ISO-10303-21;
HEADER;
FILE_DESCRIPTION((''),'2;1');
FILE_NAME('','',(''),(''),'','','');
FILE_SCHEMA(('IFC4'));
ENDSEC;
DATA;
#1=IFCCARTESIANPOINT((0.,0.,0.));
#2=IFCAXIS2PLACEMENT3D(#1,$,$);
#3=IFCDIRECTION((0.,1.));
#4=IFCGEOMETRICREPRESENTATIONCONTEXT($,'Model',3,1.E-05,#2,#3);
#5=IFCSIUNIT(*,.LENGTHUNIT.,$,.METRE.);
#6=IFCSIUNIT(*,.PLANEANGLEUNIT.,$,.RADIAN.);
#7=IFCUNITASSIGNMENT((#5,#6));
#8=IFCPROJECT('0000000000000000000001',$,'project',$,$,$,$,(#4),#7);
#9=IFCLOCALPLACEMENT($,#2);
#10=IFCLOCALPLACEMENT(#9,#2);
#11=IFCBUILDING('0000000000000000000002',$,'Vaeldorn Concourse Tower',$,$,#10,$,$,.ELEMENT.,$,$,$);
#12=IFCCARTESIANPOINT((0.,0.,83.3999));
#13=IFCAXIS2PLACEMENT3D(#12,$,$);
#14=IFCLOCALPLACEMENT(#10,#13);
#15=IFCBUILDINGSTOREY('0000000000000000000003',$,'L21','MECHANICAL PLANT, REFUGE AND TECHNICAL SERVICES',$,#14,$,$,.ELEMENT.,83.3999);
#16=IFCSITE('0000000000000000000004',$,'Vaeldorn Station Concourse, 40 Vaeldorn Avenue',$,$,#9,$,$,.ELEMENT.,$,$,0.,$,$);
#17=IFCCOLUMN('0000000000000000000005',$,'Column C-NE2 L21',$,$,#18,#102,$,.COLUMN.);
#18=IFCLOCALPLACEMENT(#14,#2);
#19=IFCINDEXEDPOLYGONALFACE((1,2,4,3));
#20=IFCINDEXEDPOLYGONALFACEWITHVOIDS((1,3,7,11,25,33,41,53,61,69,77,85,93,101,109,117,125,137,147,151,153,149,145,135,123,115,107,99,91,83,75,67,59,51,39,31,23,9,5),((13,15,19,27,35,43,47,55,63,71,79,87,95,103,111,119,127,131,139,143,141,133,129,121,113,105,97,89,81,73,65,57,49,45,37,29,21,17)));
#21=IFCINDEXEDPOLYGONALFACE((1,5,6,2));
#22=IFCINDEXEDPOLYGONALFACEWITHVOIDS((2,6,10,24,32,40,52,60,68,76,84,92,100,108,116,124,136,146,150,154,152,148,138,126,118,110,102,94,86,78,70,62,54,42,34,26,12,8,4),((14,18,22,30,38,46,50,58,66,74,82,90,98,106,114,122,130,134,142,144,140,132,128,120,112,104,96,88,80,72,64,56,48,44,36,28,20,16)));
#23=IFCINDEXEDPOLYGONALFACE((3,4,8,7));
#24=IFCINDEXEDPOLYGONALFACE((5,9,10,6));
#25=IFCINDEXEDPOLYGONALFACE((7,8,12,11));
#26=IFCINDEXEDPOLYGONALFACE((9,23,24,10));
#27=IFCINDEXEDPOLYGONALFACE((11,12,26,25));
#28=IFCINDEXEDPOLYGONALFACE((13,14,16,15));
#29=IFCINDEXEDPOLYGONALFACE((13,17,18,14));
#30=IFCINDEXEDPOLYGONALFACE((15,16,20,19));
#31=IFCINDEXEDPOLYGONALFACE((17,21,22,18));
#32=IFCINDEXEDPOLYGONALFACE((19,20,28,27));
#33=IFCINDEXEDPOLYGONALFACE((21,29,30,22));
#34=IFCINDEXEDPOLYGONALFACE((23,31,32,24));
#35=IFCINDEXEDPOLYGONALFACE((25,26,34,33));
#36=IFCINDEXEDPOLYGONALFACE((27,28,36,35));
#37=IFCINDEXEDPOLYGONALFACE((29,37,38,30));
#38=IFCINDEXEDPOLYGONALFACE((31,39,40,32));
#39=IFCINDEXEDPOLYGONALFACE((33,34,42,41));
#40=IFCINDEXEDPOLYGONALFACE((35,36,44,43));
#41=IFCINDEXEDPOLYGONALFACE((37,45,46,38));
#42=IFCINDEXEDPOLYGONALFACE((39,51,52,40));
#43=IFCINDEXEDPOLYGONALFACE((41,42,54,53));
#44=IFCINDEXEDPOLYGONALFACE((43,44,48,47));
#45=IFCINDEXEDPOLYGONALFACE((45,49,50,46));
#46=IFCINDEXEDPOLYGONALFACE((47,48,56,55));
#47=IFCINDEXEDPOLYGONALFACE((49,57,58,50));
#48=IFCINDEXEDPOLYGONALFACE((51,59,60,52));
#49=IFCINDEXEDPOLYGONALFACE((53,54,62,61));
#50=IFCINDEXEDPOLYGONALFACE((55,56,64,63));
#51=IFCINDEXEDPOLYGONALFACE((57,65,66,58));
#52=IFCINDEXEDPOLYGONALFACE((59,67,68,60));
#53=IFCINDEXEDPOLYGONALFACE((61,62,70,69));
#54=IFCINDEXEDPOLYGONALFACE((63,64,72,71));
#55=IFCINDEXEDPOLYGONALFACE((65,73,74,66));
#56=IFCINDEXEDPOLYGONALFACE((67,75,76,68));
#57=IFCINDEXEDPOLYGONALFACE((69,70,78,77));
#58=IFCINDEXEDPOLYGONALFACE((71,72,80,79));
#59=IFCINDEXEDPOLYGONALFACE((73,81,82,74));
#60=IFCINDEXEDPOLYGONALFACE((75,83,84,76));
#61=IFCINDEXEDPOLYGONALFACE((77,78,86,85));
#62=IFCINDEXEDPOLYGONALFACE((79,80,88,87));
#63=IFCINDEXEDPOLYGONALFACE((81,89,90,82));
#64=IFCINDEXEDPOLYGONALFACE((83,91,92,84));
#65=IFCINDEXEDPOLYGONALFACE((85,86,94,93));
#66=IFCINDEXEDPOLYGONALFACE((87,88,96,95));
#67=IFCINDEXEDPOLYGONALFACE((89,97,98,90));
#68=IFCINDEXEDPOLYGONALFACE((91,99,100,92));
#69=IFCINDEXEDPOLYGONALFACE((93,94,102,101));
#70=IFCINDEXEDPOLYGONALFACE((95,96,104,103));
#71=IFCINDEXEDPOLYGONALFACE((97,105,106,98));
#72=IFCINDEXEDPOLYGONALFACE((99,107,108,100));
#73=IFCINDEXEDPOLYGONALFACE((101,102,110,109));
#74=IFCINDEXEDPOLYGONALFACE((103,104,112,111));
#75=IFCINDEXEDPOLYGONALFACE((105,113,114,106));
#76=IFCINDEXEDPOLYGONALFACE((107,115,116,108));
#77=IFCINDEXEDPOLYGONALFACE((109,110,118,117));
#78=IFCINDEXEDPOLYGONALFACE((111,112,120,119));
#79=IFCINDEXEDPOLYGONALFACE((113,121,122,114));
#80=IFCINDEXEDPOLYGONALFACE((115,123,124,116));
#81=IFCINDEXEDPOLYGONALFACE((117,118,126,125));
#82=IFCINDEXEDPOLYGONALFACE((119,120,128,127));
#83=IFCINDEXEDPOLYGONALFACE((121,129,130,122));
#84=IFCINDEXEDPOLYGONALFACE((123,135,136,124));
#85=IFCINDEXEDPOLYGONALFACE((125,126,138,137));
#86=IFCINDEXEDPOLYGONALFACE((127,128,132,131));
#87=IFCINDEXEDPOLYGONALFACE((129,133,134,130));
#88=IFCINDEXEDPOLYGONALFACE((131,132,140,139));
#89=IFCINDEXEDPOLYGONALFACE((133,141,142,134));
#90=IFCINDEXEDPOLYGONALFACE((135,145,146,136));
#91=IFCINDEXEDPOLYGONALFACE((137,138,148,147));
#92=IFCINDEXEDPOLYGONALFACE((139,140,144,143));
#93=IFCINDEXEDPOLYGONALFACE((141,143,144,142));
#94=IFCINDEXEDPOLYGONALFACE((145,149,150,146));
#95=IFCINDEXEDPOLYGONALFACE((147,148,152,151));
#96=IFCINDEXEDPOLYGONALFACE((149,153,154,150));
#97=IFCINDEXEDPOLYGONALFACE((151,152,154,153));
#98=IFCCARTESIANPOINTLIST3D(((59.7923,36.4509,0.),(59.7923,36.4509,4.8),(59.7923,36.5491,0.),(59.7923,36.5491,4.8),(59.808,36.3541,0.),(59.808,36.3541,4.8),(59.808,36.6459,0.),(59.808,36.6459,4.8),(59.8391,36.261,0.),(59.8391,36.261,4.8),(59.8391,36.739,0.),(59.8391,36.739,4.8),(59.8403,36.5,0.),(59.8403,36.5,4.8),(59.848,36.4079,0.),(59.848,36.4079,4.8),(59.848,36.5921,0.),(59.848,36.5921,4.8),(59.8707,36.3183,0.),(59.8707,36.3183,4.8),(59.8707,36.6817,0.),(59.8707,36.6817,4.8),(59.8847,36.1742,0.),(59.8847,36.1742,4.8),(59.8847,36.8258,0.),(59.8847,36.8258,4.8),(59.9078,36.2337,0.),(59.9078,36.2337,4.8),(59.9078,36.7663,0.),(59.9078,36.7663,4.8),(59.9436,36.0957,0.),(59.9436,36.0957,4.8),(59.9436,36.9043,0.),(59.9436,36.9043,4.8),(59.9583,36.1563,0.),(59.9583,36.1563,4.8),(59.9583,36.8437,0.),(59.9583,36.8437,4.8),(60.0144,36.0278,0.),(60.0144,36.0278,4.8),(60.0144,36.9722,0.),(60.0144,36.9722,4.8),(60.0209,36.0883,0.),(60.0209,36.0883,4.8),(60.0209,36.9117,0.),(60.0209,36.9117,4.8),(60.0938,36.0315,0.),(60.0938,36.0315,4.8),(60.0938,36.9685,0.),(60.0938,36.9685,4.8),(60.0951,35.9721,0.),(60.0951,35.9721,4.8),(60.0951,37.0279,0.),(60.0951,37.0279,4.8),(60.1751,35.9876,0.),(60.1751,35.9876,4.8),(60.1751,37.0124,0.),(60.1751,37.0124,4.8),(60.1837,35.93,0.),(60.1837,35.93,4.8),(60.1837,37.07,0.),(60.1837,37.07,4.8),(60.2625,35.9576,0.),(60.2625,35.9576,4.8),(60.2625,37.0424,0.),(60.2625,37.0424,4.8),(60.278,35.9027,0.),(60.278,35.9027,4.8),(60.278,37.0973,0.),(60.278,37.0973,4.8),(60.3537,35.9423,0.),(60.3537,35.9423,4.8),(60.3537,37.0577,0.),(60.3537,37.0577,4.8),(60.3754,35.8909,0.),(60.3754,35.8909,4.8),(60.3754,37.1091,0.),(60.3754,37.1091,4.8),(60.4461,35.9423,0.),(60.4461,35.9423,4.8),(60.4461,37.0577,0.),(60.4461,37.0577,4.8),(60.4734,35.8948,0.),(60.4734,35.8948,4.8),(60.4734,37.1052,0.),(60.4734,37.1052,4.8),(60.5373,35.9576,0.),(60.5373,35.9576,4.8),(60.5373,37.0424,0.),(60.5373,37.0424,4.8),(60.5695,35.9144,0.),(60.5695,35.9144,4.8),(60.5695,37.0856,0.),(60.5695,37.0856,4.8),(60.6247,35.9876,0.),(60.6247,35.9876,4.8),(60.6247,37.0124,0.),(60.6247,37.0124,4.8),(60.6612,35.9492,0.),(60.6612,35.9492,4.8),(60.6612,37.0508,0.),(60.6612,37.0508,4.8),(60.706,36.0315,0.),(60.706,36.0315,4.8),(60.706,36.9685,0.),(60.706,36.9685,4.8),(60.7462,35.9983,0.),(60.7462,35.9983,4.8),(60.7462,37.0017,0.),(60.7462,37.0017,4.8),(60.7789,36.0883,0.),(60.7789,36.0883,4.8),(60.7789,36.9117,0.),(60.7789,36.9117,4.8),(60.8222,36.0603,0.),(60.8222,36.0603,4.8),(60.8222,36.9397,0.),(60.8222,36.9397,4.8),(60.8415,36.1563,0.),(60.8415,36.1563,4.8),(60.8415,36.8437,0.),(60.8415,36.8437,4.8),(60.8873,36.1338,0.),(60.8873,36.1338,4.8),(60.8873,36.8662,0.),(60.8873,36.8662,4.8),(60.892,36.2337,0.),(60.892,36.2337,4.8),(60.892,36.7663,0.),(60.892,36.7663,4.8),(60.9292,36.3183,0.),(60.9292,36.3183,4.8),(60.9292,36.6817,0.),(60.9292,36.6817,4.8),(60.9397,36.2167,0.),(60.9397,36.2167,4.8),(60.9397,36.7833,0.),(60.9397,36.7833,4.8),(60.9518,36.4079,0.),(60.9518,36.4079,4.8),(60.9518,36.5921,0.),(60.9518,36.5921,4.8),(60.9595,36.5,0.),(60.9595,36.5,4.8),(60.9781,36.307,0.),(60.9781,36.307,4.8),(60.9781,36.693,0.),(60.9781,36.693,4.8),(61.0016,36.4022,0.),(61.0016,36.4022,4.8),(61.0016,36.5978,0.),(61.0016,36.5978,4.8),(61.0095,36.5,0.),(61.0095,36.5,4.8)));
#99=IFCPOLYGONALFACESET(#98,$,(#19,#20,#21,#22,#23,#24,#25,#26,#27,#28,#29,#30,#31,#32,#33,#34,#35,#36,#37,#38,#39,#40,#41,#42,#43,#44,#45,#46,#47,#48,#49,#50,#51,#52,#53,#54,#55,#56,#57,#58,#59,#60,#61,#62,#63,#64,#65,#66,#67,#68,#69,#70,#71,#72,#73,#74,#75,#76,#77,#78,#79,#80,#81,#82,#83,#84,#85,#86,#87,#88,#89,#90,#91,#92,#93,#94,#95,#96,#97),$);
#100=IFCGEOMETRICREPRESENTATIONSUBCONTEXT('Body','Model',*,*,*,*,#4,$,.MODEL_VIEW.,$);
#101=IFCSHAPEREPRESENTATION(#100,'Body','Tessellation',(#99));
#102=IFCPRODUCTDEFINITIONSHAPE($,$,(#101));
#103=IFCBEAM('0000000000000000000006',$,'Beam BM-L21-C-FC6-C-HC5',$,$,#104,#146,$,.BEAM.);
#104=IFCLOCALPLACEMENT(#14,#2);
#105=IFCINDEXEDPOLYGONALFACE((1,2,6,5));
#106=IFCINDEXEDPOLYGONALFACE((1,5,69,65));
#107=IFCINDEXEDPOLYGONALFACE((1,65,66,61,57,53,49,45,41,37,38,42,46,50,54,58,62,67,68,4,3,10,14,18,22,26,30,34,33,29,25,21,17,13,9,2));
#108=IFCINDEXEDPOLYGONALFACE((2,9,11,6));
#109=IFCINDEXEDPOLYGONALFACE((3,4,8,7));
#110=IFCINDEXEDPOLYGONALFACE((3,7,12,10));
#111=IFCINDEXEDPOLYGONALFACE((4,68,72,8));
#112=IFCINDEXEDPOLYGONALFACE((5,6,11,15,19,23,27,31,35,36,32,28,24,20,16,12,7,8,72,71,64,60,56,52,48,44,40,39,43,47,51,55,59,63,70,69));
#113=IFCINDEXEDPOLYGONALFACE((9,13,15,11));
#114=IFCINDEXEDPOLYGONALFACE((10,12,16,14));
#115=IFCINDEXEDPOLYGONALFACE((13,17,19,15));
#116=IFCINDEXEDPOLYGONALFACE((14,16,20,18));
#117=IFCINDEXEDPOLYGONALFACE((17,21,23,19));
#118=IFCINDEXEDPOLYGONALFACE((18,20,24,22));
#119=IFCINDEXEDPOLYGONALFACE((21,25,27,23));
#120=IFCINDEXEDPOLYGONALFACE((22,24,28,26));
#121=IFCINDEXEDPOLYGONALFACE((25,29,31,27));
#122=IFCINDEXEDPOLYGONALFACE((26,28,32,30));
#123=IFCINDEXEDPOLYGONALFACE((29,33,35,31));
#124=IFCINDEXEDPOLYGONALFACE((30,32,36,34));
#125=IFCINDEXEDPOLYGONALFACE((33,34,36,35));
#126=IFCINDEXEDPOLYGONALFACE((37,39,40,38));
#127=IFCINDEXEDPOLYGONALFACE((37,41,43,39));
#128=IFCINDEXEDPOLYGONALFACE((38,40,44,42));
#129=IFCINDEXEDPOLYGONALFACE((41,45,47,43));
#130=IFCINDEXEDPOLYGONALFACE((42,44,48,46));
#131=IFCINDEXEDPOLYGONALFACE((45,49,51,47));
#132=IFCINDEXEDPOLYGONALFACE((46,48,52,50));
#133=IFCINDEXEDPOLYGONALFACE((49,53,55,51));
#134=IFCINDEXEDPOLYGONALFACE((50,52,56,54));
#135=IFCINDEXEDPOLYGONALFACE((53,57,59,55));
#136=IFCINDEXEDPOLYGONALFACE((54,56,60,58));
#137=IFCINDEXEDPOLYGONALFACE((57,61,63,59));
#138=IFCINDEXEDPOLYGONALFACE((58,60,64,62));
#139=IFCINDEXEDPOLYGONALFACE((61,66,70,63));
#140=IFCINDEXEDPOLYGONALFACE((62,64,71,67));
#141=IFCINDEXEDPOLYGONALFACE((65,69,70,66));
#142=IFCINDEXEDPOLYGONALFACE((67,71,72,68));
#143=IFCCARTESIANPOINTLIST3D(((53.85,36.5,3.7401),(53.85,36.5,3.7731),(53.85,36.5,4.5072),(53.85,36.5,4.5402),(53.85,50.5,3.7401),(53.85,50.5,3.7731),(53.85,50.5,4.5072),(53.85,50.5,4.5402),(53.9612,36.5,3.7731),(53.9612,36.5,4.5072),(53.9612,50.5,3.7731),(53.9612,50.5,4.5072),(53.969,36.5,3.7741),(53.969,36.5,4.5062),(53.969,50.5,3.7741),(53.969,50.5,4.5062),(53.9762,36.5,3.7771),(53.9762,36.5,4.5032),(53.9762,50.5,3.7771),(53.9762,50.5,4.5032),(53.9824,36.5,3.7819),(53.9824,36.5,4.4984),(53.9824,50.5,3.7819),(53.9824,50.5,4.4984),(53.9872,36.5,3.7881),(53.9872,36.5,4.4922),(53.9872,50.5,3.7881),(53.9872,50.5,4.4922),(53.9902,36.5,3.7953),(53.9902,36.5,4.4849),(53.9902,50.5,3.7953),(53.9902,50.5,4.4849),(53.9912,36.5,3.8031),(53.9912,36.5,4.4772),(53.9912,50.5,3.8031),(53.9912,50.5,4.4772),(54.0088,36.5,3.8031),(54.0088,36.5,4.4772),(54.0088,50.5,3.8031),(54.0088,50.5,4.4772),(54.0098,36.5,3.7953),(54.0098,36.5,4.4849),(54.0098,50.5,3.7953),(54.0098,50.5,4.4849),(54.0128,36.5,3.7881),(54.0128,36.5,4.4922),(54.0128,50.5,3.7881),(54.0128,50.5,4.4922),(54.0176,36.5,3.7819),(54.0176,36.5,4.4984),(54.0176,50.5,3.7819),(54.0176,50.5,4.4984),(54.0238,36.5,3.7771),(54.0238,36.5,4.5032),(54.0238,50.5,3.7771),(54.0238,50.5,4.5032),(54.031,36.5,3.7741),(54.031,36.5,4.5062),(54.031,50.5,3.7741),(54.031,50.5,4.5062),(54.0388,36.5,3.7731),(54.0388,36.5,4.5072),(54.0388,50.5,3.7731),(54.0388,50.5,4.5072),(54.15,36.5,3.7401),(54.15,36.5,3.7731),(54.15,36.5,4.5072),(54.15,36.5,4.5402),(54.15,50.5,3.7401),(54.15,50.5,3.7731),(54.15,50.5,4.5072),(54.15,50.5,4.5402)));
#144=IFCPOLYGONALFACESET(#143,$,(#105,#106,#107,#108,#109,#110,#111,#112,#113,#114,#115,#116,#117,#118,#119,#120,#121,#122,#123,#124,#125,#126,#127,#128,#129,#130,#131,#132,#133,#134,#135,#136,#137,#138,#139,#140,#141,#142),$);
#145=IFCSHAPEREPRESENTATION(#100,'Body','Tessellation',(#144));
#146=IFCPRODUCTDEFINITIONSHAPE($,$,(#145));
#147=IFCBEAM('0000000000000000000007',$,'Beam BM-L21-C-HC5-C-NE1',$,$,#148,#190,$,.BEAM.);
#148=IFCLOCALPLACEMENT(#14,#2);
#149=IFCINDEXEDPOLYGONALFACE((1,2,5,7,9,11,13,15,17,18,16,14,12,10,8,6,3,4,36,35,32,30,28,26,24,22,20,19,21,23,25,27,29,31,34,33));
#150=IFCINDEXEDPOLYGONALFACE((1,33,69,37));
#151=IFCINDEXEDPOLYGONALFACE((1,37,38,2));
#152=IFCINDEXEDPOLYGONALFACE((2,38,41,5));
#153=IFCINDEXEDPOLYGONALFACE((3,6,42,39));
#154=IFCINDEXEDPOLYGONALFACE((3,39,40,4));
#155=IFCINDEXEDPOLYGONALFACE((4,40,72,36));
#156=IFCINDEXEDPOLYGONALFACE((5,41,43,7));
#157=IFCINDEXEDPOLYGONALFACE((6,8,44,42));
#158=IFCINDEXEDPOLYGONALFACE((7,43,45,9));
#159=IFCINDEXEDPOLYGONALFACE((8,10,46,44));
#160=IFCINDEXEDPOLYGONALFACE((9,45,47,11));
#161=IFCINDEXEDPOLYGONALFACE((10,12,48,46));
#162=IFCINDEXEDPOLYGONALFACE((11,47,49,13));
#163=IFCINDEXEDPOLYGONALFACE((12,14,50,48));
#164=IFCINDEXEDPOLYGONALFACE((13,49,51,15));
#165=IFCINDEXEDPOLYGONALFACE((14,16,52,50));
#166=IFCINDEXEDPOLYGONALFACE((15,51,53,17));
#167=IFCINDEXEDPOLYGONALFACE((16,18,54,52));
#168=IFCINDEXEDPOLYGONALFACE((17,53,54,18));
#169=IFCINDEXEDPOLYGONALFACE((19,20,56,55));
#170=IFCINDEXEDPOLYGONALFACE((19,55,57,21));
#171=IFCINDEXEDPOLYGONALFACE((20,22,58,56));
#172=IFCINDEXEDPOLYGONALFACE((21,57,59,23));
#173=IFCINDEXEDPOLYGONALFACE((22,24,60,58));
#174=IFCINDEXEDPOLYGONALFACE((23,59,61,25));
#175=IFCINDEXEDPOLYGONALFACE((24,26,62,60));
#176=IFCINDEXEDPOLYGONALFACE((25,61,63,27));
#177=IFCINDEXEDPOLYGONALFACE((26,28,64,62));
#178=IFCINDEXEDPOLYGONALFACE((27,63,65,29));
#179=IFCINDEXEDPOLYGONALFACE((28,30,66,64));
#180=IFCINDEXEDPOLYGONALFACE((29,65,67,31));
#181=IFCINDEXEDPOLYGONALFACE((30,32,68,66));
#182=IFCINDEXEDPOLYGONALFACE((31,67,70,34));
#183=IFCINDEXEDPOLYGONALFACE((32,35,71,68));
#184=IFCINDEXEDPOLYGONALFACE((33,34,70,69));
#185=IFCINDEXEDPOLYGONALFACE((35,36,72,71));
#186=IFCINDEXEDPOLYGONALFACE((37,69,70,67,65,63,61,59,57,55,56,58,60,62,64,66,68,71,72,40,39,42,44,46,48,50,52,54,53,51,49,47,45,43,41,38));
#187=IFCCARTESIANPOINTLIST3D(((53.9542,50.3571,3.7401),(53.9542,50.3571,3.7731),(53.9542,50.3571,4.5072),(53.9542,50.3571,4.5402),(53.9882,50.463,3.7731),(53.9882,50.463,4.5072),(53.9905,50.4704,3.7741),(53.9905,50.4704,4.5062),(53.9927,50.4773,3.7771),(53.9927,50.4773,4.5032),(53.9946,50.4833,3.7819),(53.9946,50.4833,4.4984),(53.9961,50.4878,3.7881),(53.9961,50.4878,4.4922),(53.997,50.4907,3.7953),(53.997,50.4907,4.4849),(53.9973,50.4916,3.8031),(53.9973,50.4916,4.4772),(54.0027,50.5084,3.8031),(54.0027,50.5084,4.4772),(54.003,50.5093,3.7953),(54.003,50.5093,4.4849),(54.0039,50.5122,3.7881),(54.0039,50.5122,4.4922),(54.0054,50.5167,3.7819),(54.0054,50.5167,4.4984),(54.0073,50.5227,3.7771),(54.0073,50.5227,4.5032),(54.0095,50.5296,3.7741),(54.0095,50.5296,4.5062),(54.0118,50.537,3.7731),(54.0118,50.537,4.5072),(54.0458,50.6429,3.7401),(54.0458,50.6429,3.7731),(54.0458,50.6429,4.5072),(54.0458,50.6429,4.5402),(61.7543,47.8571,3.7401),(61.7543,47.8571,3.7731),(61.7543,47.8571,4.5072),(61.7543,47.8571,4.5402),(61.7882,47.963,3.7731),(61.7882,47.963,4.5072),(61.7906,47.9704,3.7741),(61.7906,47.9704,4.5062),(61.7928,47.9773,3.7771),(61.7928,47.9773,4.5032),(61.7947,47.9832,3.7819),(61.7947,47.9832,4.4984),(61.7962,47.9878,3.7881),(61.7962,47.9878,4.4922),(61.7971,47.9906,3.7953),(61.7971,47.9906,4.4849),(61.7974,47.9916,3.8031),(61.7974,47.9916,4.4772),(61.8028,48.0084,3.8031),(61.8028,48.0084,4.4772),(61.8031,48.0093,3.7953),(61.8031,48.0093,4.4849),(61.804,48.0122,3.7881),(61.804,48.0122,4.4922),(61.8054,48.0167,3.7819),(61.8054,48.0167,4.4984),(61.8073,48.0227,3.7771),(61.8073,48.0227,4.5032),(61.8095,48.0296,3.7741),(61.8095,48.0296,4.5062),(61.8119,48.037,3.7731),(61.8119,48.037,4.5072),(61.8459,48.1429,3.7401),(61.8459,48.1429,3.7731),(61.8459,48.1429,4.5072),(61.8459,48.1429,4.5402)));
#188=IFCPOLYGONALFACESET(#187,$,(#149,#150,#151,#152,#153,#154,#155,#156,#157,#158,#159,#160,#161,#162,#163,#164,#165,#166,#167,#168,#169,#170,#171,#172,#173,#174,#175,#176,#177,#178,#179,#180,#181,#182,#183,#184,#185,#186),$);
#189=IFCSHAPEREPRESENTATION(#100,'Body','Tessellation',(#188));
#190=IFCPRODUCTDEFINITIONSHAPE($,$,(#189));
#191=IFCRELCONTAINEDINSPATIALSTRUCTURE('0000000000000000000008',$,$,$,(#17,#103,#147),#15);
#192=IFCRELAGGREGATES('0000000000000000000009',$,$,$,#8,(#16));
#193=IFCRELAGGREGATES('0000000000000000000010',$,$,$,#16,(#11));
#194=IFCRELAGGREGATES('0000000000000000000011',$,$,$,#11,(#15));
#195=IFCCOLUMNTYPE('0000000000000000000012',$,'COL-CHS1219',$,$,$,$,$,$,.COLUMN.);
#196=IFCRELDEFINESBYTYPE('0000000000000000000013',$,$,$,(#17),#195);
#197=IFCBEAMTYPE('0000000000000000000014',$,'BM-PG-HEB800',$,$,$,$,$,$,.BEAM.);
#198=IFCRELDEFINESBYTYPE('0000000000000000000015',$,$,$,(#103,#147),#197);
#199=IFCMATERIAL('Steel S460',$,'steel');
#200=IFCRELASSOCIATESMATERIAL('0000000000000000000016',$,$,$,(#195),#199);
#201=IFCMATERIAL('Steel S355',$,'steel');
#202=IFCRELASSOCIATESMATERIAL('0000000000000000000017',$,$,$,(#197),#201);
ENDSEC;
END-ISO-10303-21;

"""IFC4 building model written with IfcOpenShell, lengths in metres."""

from ifc_helpers import new_model, si_unit, direction, frame, origin, origin_2d, place, context, subcontext, project, spatial, hollow_circle, i_section, extrude, source, transform, mapped, material, material_profile, profile_set, type_object, element, save


model = new_model("IFC4")

# Units and contexts
model_context = context("Model", 3, precision=1e-05, world=origin(), true_north=direction((0.0, 1.0)))
body_context = subcontext(model_context, "Body", "Model", "MODEL_VIEW")
ifc_project = project(units=[si_unit("LENGTHUNIT", "METRE"), si_unit("PLANEANGLEUNIT", "RADIAN")], contexts=[model_context])

# Site, building, storey
site_placement = place(None, origin())
site = spatial("IfcSite", under=ifc_project, at=site_placement, Name="Vaeldorn Station Concourse, 40 Vaeldorn Avenue", CompositionType="ELEMENT", RefElevation=0.0)
building_placement = place(site_placement, origin())
building = spatial("IfcBuilding", under=site, at=building_placement, Name="Vaeldorn Concourse Tower", CompositionType="ELEMENT")
storey_placement = place(building_placement, frame((0.0, 0.0, 83.3999)))
storey = spatial("IfcBuildingStorey", under=building, at=storey_placement, Name="L21", Description="MECHANICAL PLANT, REFUGE AND TECHNICAL SERVICES", CompositionType="ELEMENT", Elevation=83.3999)

# Column
ifc_material_1 = material(Name="Steel S460", Category="steel")
ifc_material_profile_1 = material_profile(ifc_material_1, hollow_circle(Radius=0.6096, WallThickness=0.05, at=origin_2d()), Name="CHS 1219x50")
ifc_profile_set_1 = profile_set([ifc_material_profile_1], Name="Steel S460")
column_type_1 = type_object("IfcColumnType", Name="COL-CHS1219", PredefinedType="COLUMN", material=ifc_profile_set_1)
shared_shape_1 = source(origin(), body_context, "Body", "SweptSolid", [
    extrude(hollow_circle(Radius=0.6096, WallThickness=0.05, at=origin_2d()), origin(), (0.0, 0.0, 1.0), 4.8),
])
for number, where, z_axis, x_axis, name in (
    (1, (60.3999, 36.5, 0.0), (0.0, 0.0, 1.0), (1.0, 0.0, 0.0), "Column C-NE2 L21"),
):
    element("IfcColumn", number, at=place(storey_placement, frame(where, z_axis=z_axis, x_axis=x_axis)), inside=storey, type_object=column_type_1, Name=name, PredefinedType="COLUMN", context=body_context, shape_type="MappedRepresentation", body=[
        mapped(shared_shape_1, transform((0.0, 0.0, 0.0), scale=1.0)),
    ])

# Beams
ifc_material_2 = material(Name="Steel S355", Category="steel")
ifc_material_profile_2 = material_profile(ifc_material_2, i_section(OverallWidth=0.3, OverallDepth=0.8, WebThickness=0.0176, FlangeThickness=0.033, FilletRadius=0.03, at=origin_2d()), Name="HEB 800")
ifc_profile_set_2 = profile_set([ifc_material_profile_2], Name="Steel S355")
beam_type_1 = type_object("IfcBeamType", Name="BM-PG-HEB800", PredefinedType="BEAM", material=ifc_profile_set_2)
shared_shape_2 = source(origin(), body_context, "Body", "SweptSolid", [
    extrude(i_section(OverallWidth=0.3, OverallDepth=0.8, WebThickness=0.0176, FlangeThickness=0.033, FilletRadius=0.03, at=origin_2d()), origin(), (0.0, 0.0, 1.0), 14.0),
])
beam_1_placement = place(storey_placement, frame((54.0, 36.5, 4.1401), z_axis=(0.0, 1.0, 0.0), x_axis=(-1.0, 0.0, 0.0)))
element("IfcBeam", 2, at=beam_1_placement, inside=storey, type_object=beam_type_1, Name="Beam BM-L21-C-FC6-C-HC5", PredefinedType="BEAM", context=body_context, shape_type="MappedRepresentation", body=[
    mapped(shared_shape_2, transform((0.0, 0.0, 0.0), scale=1.0)),
])
shared_shape_3 = source(origin(), body_context, "Body", "SweptSolid", [
    extrude(i_section(OverallWidth=0.3, OverallDepth=0.8, WebThickness=0.0176, FlangeThickness=0.033, FilletRadius=0.03, at=origin_2d()), origin(), (0.0, 0.0, 1.0), 8.1909),
])
beam_2_placement = place(storey_placement, frame((54.0, 50.5, 4.1401), z_axis=(0.952283, -0.305217, 0.0), x_axis=(0.305217, 0.952283, 0.0)))
element("IfcBeam", 3, at=beam_2_placement, inside=storey, type_object=beam_type_1, Name="Beam BM-L21-C-HC5-C-NE1", PredefinedType="BEAM", context=body_context, shape_type="MappedRepresentation", body=[
    mapped(shared_shape_3, transform((0.0, 0.0, 0.0), scale=1.0)),
])

save(model, "model.ifc")
